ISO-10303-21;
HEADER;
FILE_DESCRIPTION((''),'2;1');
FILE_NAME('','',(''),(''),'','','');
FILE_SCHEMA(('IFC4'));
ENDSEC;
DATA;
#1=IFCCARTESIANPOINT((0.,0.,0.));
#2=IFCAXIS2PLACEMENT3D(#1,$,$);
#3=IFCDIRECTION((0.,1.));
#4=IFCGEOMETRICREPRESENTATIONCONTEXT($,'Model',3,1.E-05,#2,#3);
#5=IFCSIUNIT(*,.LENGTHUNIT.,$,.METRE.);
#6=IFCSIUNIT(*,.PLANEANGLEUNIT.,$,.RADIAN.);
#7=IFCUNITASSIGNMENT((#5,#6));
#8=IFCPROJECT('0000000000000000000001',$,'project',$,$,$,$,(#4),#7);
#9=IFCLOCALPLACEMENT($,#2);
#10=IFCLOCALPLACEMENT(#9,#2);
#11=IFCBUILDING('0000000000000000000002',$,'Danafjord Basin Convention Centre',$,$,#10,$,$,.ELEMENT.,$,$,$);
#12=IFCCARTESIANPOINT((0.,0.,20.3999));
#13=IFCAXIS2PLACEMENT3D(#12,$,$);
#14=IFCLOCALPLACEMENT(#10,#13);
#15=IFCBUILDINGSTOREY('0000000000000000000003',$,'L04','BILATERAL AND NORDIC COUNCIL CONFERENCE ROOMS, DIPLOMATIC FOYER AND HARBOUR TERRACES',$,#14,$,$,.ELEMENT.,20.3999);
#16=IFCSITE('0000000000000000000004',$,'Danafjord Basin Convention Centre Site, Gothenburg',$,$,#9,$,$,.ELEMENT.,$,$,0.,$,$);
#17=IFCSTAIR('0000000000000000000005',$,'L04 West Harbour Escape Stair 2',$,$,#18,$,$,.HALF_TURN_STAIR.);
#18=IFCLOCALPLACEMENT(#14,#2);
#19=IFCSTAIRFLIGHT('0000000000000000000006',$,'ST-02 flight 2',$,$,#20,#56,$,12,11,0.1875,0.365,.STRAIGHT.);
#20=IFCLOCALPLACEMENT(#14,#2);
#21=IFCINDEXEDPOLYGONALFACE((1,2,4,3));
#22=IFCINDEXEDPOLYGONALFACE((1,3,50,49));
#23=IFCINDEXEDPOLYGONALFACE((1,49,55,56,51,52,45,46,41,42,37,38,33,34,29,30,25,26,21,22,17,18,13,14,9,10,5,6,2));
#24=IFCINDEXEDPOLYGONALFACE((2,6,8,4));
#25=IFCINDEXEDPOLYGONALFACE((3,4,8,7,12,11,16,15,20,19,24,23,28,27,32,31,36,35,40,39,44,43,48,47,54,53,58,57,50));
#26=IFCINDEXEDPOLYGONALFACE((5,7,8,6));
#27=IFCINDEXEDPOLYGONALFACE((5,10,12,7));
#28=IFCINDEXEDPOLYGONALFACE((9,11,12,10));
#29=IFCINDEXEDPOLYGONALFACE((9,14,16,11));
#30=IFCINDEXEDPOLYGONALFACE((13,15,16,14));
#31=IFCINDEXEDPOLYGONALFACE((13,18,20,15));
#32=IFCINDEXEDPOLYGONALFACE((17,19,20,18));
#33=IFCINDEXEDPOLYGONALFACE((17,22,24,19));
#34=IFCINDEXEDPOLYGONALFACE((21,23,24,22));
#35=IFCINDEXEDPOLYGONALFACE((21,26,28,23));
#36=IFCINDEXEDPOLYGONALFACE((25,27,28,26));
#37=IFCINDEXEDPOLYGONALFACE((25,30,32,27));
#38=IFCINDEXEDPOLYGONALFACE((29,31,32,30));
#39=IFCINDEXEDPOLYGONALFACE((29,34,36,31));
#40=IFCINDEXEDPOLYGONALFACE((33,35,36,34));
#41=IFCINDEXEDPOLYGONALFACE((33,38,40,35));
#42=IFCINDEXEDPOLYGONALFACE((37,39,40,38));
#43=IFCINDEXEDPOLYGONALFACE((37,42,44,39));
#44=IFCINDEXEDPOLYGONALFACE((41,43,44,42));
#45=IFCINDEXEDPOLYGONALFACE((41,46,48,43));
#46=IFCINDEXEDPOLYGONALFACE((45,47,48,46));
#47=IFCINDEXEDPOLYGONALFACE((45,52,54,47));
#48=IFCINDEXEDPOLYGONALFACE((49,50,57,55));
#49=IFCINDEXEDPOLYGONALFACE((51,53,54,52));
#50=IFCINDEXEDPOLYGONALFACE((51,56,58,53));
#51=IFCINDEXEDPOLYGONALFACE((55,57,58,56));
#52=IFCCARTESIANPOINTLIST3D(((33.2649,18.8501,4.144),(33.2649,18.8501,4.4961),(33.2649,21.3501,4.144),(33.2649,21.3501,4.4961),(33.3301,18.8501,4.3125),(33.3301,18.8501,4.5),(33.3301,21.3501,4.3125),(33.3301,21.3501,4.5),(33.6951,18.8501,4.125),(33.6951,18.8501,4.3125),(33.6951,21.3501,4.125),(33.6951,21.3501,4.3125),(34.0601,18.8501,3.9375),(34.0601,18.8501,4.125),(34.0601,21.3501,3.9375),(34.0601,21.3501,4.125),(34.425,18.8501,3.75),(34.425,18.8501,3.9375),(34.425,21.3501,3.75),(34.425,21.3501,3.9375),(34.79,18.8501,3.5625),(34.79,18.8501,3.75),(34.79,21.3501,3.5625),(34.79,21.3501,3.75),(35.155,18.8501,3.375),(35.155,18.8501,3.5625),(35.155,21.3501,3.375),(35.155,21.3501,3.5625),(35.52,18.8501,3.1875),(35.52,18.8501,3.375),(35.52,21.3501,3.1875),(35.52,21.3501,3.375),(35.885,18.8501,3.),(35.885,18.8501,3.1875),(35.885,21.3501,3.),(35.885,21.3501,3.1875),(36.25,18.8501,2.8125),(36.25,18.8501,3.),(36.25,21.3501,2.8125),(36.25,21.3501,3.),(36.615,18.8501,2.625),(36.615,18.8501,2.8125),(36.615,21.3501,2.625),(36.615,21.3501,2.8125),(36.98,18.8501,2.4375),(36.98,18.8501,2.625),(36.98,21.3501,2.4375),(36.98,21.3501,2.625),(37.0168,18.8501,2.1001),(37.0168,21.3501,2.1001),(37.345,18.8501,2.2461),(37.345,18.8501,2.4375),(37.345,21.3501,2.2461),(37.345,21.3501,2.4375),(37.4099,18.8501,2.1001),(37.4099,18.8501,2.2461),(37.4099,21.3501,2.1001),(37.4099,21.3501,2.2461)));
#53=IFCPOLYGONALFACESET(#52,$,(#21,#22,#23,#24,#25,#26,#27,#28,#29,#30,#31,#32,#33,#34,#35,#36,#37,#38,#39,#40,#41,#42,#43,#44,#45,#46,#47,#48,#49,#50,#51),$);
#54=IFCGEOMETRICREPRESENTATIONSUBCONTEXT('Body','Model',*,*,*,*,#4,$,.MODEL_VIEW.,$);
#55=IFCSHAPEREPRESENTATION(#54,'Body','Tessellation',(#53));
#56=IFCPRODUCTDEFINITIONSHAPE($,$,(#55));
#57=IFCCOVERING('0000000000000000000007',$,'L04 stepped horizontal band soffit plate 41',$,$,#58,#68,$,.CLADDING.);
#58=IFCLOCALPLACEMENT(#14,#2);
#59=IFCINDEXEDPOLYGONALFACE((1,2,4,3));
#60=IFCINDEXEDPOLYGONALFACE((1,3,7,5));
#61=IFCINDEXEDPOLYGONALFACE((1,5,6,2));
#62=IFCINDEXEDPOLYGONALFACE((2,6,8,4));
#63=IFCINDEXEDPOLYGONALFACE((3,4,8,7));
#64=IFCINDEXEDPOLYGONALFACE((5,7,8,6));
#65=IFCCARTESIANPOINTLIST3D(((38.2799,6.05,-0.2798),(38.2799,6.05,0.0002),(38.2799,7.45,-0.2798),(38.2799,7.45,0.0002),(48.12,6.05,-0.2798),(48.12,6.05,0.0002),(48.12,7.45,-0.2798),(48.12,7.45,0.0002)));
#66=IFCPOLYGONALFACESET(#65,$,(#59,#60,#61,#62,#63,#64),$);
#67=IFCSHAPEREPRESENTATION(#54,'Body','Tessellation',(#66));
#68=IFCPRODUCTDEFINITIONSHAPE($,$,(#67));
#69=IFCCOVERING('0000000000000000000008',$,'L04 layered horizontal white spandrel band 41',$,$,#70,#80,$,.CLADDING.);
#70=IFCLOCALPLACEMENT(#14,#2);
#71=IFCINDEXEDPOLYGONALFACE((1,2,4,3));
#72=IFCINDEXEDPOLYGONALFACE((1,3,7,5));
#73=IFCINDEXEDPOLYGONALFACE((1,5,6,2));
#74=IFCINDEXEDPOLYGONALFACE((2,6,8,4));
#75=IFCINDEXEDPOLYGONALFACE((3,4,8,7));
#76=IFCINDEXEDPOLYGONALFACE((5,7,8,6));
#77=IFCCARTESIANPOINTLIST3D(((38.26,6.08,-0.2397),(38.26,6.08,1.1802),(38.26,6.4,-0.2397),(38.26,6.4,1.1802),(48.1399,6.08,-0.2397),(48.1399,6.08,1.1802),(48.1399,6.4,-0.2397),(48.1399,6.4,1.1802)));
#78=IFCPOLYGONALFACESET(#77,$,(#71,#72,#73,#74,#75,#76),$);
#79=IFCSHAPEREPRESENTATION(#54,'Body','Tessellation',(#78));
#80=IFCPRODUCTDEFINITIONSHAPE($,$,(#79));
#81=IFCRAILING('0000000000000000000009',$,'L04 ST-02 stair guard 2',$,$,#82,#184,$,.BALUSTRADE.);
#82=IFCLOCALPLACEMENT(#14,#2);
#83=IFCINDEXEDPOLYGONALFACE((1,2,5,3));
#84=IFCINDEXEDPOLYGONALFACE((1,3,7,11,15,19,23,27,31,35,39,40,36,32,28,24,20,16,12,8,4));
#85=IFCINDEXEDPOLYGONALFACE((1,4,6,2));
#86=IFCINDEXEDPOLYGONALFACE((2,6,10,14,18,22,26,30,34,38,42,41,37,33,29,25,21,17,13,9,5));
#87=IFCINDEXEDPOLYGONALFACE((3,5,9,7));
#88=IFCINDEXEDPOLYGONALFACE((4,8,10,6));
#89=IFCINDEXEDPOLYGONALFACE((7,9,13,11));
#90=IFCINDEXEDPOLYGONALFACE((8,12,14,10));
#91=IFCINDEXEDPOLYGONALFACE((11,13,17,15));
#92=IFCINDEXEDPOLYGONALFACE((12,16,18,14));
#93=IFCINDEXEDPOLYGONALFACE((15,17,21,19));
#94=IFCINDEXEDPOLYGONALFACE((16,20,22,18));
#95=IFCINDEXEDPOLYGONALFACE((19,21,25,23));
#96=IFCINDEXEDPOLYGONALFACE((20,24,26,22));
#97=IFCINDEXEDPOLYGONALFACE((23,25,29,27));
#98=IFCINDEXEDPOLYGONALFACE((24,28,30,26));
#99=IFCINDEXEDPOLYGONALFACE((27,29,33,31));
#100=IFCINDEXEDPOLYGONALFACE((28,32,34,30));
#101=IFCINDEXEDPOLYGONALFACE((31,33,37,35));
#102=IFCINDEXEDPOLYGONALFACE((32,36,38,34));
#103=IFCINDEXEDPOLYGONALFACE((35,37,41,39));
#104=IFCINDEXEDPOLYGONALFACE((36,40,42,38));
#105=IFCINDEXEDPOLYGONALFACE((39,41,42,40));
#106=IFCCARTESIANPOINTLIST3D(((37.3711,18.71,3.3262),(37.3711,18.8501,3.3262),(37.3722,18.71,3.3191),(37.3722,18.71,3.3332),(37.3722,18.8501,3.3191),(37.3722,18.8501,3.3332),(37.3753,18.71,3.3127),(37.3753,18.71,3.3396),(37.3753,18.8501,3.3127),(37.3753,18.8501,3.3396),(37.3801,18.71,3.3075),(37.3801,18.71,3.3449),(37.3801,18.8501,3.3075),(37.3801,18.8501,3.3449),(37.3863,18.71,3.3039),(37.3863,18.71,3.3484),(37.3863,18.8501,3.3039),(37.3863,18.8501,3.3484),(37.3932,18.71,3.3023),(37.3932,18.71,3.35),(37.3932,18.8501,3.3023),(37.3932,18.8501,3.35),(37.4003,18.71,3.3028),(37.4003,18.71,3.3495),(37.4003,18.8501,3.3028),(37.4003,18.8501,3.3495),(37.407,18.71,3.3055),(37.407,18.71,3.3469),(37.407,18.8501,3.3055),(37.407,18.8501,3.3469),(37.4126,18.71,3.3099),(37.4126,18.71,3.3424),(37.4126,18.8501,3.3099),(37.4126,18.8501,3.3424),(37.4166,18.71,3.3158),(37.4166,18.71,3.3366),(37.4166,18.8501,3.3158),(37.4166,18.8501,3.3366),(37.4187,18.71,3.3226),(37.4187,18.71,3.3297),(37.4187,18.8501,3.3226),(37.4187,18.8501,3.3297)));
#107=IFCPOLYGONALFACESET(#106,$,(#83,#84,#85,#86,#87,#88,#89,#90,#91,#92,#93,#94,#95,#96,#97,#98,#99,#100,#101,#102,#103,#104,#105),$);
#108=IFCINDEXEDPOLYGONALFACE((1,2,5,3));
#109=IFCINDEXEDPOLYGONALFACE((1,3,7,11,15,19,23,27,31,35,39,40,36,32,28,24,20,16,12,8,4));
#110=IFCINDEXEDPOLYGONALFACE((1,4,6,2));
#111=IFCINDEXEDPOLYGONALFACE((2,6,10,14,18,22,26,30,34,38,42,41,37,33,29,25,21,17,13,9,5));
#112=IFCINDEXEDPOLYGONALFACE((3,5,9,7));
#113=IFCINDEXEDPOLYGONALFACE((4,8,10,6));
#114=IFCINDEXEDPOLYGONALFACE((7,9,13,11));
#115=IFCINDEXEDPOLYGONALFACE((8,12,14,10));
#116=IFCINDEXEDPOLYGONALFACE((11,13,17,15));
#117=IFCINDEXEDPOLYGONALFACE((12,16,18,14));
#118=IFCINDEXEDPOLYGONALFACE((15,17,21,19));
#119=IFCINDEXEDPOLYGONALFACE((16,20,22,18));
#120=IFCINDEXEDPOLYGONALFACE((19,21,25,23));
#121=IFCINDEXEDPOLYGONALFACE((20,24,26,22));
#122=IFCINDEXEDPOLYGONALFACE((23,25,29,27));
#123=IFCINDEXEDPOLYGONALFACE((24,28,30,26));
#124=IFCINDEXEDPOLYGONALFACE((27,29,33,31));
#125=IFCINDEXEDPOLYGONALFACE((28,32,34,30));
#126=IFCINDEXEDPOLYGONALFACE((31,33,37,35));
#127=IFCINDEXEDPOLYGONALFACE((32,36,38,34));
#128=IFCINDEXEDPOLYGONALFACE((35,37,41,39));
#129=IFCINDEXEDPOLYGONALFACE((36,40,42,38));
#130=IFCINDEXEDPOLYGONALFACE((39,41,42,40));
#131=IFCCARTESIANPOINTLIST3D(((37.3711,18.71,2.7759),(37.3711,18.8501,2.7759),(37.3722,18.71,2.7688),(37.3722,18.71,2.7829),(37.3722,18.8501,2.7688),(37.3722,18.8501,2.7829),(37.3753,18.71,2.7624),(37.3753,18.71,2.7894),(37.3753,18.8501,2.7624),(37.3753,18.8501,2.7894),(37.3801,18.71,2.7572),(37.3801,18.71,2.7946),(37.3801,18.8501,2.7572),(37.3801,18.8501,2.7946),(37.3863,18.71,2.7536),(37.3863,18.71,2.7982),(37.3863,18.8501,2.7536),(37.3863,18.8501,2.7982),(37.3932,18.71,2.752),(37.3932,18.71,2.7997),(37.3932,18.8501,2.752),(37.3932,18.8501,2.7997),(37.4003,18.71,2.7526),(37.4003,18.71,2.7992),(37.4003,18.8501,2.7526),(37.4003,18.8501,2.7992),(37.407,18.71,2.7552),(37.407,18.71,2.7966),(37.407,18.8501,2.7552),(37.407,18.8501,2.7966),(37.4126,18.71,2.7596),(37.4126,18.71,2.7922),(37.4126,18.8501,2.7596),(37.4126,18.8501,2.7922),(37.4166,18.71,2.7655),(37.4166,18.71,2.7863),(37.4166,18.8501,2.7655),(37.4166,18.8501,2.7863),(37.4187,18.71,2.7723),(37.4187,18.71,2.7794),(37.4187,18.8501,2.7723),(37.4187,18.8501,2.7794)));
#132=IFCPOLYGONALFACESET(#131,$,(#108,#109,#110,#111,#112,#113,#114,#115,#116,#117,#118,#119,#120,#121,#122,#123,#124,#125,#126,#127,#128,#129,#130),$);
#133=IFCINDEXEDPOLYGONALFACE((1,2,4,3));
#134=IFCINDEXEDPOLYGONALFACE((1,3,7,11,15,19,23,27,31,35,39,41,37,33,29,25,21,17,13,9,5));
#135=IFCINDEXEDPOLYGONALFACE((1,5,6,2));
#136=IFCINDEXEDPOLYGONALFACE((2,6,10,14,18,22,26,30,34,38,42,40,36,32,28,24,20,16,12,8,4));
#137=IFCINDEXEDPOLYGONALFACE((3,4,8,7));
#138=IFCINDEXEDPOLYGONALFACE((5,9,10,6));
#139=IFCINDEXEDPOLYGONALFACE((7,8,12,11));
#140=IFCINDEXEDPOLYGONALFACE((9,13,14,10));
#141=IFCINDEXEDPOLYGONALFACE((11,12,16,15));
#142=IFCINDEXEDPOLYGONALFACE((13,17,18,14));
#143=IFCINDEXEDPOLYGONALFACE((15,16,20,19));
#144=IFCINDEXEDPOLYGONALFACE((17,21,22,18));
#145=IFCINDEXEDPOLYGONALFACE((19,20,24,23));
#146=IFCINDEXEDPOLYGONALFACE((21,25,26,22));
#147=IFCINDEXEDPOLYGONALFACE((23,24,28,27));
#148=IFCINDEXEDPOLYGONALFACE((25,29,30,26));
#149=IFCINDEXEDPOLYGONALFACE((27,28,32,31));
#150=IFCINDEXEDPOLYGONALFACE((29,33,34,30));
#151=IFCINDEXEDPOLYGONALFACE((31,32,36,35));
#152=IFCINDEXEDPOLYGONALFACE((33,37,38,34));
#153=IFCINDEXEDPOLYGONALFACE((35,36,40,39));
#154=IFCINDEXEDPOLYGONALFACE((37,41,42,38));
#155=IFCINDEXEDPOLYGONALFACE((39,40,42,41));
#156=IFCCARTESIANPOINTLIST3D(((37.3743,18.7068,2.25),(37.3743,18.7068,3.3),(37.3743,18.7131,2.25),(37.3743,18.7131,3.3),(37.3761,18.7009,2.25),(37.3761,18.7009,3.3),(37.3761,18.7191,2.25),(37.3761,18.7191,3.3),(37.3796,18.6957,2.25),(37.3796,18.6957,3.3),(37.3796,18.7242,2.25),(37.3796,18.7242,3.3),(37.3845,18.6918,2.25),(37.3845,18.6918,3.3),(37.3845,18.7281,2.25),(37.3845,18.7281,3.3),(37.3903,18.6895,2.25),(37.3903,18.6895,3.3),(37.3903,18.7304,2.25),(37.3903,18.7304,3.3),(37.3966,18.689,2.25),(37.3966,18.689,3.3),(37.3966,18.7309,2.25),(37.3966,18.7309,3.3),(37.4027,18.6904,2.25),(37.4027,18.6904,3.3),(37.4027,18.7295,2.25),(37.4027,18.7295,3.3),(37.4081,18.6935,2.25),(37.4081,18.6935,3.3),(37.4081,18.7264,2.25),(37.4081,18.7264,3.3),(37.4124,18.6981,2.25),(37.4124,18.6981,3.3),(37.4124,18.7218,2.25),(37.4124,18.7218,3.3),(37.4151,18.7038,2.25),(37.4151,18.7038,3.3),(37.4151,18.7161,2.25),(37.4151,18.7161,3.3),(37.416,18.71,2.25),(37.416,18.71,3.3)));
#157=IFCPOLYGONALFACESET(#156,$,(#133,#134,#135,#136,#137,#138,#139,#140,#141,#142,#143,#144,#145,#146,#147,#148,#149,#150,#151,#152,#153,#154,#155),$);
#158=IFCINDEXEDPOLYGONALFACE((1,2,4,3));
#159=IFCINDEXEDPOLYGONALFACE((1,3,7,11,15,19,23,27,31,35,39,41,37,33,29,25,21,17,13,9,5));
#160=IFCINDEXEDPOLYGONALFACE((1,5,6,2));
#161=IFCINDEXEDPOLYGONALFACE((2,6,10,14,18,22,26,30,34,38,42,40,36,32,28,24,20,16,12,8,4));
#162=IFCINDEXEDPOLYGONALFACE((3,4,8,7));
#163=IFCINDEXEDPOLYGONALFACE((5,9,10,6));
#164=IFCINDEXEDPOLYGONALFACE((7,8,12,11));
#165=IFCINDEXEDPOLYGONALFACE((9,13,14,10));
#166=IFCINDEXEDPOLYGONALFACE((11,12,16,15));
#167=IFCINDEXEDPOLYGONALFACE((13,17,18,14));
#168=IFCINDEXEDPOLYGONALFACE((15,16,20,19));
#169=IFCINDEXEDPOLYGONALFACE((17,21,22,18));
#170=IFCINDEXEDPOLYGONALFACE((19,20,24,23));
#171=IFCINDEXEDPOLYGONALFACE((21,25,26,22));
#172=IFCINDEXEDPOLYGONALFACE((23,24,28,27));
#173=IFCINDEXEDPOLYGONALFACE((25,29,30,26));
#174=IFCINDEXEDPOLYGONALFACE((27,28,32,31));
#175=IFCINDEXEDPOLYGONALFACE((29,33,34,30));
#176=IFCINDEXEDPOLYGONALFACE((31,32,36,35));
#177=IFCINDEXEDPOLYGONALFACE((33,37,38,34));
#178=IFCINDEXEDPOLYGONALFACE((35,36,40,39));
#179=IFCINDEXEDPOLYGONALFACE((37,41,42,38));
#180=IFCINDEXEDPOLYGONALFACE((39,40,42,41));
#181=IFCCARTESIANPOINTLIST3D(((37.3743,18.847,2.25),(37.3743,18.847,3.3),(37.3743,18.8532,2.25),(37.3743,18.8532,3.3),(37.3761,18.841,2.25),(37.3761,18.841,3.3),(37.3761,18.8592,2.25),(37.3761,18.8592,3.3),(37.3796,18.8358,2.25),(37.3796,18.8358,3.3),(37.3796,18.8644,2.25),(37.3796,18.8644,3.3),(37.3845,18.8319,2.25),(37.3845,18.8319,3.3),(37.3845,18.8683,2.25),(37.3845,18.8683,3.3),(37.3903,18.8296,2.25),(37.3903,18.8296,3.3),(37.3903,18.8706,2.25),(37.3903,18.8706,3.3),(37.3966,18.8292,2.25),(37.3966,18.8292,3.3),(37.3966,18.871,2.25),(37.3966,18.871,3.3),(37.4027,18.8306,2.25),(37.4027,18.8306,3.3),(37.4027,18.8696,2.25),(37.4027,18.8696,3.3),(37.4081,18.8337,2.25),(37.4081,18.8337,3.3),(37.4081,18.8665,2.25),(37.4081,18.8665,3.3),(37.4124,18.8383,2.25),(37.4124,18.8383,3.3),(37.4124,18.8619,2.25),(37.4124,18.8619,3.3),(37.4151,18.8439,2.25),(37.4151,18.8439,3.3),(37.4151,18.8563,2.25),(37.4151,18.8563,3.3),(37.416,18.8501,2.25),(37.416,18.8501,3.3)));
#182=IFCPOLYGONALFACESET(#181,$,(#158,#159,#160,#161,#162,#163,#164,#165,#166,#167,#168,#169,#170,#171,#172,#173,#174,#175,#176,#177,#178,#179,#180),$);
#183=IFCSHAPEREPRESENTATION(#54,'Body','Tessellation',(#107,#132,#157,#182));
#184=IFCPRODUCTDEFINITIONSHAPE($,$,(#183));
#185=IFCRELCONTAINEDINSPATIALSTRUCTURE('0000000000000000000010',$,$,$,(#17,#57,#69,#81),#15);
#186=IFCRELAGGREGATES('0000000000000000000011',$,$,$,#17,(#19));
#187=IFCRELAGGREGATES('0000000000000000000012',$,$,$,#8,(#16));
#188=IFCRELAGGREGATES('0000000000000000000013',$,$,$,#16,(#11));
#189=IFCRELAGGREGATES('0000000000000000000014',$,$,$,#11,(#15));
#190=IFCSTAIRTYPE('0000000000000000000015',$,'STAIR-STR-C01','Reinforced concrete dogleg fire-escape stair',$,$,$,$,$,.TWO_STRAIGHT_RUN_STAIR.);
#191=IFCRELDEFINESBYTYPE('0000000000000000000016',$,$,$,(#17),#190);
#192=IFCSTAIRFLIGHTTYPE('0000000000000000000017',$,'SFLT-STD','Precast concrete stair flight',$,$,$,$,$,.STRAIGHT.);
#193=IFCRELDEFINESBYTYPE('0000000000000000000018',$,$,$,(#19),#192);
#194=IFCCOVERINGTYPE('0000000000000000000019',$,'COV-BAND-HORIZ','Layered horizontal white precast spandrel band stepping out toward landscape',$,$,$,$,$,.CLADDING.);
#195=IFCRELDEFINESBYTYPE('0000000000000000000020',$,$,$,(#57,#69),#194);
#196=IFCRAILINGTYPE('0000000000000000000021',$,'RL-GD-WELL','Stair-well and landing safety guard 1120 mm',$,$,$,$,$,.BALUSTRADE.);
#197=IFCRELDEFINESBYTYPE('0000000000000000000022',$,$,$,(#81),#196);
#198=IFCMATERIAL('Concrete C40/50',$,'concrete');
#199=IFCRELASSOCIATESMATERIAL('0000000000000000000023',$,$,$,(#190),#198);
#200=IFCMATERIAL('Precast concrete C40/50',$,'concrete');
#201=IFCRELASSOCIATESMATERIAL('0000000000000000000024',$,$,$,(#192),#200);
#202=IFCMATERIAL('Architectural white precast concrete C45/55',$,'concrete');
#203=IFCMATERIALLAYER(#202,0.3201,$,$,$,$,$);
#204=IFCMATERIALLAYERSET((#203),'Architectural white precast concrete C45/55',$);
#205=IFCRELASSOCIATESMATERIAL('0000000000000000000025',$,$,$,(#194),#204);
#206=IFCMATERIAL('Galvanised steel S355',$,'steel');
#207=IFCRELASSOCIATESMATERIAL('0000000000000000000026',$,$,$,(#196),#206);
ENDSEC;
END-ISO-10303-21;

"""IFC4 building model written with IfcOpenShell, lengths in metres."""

from ifc_helpers import new_model, si_unit, direction, frame, origin, origin_2d, place, context, subcontext, project, spatial, polyline, rectangle, circle, outline, extrude, material, layer, layer_set, type_object, element, aggregate, save


model = new_model("IFC4")

# Units and contexts
model_context = context("Model", 3, precision=1e-05, world=origin(), true_north=direction((0.0, 1.0)))
body_context = subcontext(model_context, "Body", "Model", "MODEL_VIEW")
ifc_project = project(units=[si_unit("LENGTHUNIT", "METRE"), si_unit("PLANEANGLEUNIT", "RADIAN")], contexts=[model_context])

# Site, building, storey
site_placement = place(None, origin())
site = spatial("IfcSite", under=ifc_project, at=site_placement, Name="Danafjord Basin Convention Centre Site, Gothenburg", CompositionType="ELEMENT", RefElevation=0.0)
building_placement = place(site_placement, origin())
building = spatial("IfcBuilding", under=site, at=building_placement, Name="Danafjord Basin Convention Centre", CompositionType="ELEMENT")
storey_placement = place(building_placement, frame((0.0, 0.0, 20.3999)))
storey = spatial("IfcBuildingStorey", under=building, at=storey_placement, Name="L04", Description="BILATERAL AND NORDIC COUNCIL CONFERENCE ROOMS, DIPLOMATIC FOYER AND HARBOUR TERRACES", CompositionType="ELEMENT", Elevation=20.3999)

# Stair, stair flight
ifc_material_1 = material(Name="Concrete C40/50", Category="concrete")
stair_type = type_object("IfcStairType", Name="STAIR-STR-C01", Description="Reinforced concrete dogleg fire-escape stair", PredefinedType="TWO_STRAIGHT_RUN_STAIR", material=ifc_material_1)
stair_placement = place(storey_placement, origin())
stair = element("IfcStair", 1, at=stair_placement, inside=storey, type_object=stair_type, Name="L04 West Harbour Escape Stair 2", PredefinedType="HALF_TURN_STAIR")
ifc_material_2 = material(Name="Precast concrete C40/50", Category="concrete")
stair_flight_type = type_object("IfcStairFlightType", Name="SFLT-STD", Description="Precast concrete stair flight", PredefinedType="STRAIGHT", material=ifc_material_2)
stair_flight_placement = place(storey_placement, frame((37.345, 20.1001, 2.25), z_axis=(0.0, 0.0, 1.0), x_axis=(-1.0, 0.0, 0.0)))
stair_flight = element("IfcStairFlight", 2, at=stair_flight_placement, type_object=stair_flight_type, Name="ST-02 flight 2", NumberOfRisers=12, NumberOfTreads=11, PredefinedType="STRAIGHT", RiserHeight=0.1875, TreadLength=0.365, context=body_context, shape_type="SweptSolid", body=[
    extrude(outline(polyline([(-0.0649, -0.1499), (-0.0649, -0.0039), (0.0, -0.0039), (0.0, 0.1875), (0.365, 0.1875), (0.365, 0.375), (0.73, 0.375), (0.73, 0.5625), (1.095, 0.5625), (1.095, 0.75), (1.46, 0.75), (1.46, 0.9375), (1.825, 0.9375), (1.825, 1.125), (2.1899, 1.125), (2.1899, 1.3125), (2.5549, 1.3125), (2.5549, 1.5), (2.9199, 1.5), (2.9199, 1.6875), (3.2849, 1.6875), (3.2849, 1.875), (3.6499, 1.875), (3.6499, 2.0625), (4.0149, 2.0625), (4.0149, 2.25), (4.0801, 2.2461), (4.0801, 1.894), (0.3281, -0.1499), (-0.0649, -0.1499)])), frame((0.0, 1.25, 0.0), z_axis=(0.0, -1.0, 0.0), x_axis=(1.0, 0.0, 0.0)), (0.0, 0.0, 1.0), 2.5),
])
aggregate(stair, [stair_flight])

# Coverings
ifc_material_3 = material(Name="Architectural white precast concrete C45/55", Category="concrete")
ifc_layer_1 = layer(ifc_material_3, 0.3201)
ifc_layer_set_1 = layer_set([ifc_layer_1], Name="Architectural white precast concrete C45/55")
covering_type = type_object("IfcCoveringType", Name="COV-BAND-HORIZ", Description="Layered horizontal white precast spandrel band stepping out toward landscape", PredefinedType="CLADDING", material=ifc_layer_set_1)
covering_1_placement = place(storey_placement, frame((43.2, 6.75, -0.2798), z_axis=(0.0, 0.0, 1.0), x_axis=(1.0, 0.0, 0.0)))
element("IfcCovering", 3, at=covering_1_placement, inside=storey, type_object=covering_type, Name="L04 stepped horizontal band soffit plate 41", PredefinedType="CLADDING", context=body_context, shape_type="SweptSolid", body=[
    extrude(rectangle(XDim=9.8401, YDim=1.3999, at=origin_2d()), origin(), (0.0, 0.0, 1.0), 0.28),
])
covering_2_placement = place(storey_placement, frame((43.2, 6.24, -0.2397), z_axis=(0.0, 0.0, 1.0), x_axis=(1.0, 0.0, 0.0)))
element("IfcCovering", 4, at=covering_2_placement, inside=storey, type_object=covering_type, Name="L04 layered horizontal white spandrel band 41", PredefinedType="CLADDING", context=body_context, shape_type="SweptSolid", body=[
    extrude(rectangle(XDim=9.8799, YDim=0.3201, at=origin_2d()), origin(), (0.0, 0.0, 1.0), 1.4199),
])

# Railing
ifc_material_4 = material(Name="Galvanised steel S355", Category="steel")
railing_type_1 = type_object("IfcRailingType", Name="RL-GD-WELL", Description="Stair-well and landing safety guard 1120 mm", PredefinedType="BALUSTRADE", material=ifc_material_4)
railing_1_placement = place(storey_placement, frame((37.395, 18.71, 2.25)))
element("IfcRailing", 5, at=railing_1_placement, inside=storey, type_object=railing_type_1, Name="L04 ST-02 stair guard 2", PredefinedType="BALUSTRADE", context=body_context, shape_type="SweptSolid", body=[
    extrude(circle(Radius=0.0239, at=origin_2d()), frame((0.0, 0.0, 1.0762), z_axis=(0.0, 1.0, 0.0), x_axis=(-1.0, 0.0, 0.0)), (0.0, 0.0, 1.0), 0.1401),
    extrude(circle(Radius=0.0239, at=origin_2d()), frame((0.0, 0.0, 0.5259), z_axis=(0.0, 1.0, 0.0), x_axis=(-1.0, 0.0, 0.0)), (0.0, 0.0, 1.0), 0.1401),
    extrude(circle(Radius=0.021, at=origin_2d()), origin(), (0.0, 0.0, 1.0), 1.05),
    extrude(circle(Radius=0.021, at=origin_2d()), frame((0.0, 0.1401, 0.0)), (0.0, 0.0, 1.0), 1.05),
])

save(model, "model.ifc")
